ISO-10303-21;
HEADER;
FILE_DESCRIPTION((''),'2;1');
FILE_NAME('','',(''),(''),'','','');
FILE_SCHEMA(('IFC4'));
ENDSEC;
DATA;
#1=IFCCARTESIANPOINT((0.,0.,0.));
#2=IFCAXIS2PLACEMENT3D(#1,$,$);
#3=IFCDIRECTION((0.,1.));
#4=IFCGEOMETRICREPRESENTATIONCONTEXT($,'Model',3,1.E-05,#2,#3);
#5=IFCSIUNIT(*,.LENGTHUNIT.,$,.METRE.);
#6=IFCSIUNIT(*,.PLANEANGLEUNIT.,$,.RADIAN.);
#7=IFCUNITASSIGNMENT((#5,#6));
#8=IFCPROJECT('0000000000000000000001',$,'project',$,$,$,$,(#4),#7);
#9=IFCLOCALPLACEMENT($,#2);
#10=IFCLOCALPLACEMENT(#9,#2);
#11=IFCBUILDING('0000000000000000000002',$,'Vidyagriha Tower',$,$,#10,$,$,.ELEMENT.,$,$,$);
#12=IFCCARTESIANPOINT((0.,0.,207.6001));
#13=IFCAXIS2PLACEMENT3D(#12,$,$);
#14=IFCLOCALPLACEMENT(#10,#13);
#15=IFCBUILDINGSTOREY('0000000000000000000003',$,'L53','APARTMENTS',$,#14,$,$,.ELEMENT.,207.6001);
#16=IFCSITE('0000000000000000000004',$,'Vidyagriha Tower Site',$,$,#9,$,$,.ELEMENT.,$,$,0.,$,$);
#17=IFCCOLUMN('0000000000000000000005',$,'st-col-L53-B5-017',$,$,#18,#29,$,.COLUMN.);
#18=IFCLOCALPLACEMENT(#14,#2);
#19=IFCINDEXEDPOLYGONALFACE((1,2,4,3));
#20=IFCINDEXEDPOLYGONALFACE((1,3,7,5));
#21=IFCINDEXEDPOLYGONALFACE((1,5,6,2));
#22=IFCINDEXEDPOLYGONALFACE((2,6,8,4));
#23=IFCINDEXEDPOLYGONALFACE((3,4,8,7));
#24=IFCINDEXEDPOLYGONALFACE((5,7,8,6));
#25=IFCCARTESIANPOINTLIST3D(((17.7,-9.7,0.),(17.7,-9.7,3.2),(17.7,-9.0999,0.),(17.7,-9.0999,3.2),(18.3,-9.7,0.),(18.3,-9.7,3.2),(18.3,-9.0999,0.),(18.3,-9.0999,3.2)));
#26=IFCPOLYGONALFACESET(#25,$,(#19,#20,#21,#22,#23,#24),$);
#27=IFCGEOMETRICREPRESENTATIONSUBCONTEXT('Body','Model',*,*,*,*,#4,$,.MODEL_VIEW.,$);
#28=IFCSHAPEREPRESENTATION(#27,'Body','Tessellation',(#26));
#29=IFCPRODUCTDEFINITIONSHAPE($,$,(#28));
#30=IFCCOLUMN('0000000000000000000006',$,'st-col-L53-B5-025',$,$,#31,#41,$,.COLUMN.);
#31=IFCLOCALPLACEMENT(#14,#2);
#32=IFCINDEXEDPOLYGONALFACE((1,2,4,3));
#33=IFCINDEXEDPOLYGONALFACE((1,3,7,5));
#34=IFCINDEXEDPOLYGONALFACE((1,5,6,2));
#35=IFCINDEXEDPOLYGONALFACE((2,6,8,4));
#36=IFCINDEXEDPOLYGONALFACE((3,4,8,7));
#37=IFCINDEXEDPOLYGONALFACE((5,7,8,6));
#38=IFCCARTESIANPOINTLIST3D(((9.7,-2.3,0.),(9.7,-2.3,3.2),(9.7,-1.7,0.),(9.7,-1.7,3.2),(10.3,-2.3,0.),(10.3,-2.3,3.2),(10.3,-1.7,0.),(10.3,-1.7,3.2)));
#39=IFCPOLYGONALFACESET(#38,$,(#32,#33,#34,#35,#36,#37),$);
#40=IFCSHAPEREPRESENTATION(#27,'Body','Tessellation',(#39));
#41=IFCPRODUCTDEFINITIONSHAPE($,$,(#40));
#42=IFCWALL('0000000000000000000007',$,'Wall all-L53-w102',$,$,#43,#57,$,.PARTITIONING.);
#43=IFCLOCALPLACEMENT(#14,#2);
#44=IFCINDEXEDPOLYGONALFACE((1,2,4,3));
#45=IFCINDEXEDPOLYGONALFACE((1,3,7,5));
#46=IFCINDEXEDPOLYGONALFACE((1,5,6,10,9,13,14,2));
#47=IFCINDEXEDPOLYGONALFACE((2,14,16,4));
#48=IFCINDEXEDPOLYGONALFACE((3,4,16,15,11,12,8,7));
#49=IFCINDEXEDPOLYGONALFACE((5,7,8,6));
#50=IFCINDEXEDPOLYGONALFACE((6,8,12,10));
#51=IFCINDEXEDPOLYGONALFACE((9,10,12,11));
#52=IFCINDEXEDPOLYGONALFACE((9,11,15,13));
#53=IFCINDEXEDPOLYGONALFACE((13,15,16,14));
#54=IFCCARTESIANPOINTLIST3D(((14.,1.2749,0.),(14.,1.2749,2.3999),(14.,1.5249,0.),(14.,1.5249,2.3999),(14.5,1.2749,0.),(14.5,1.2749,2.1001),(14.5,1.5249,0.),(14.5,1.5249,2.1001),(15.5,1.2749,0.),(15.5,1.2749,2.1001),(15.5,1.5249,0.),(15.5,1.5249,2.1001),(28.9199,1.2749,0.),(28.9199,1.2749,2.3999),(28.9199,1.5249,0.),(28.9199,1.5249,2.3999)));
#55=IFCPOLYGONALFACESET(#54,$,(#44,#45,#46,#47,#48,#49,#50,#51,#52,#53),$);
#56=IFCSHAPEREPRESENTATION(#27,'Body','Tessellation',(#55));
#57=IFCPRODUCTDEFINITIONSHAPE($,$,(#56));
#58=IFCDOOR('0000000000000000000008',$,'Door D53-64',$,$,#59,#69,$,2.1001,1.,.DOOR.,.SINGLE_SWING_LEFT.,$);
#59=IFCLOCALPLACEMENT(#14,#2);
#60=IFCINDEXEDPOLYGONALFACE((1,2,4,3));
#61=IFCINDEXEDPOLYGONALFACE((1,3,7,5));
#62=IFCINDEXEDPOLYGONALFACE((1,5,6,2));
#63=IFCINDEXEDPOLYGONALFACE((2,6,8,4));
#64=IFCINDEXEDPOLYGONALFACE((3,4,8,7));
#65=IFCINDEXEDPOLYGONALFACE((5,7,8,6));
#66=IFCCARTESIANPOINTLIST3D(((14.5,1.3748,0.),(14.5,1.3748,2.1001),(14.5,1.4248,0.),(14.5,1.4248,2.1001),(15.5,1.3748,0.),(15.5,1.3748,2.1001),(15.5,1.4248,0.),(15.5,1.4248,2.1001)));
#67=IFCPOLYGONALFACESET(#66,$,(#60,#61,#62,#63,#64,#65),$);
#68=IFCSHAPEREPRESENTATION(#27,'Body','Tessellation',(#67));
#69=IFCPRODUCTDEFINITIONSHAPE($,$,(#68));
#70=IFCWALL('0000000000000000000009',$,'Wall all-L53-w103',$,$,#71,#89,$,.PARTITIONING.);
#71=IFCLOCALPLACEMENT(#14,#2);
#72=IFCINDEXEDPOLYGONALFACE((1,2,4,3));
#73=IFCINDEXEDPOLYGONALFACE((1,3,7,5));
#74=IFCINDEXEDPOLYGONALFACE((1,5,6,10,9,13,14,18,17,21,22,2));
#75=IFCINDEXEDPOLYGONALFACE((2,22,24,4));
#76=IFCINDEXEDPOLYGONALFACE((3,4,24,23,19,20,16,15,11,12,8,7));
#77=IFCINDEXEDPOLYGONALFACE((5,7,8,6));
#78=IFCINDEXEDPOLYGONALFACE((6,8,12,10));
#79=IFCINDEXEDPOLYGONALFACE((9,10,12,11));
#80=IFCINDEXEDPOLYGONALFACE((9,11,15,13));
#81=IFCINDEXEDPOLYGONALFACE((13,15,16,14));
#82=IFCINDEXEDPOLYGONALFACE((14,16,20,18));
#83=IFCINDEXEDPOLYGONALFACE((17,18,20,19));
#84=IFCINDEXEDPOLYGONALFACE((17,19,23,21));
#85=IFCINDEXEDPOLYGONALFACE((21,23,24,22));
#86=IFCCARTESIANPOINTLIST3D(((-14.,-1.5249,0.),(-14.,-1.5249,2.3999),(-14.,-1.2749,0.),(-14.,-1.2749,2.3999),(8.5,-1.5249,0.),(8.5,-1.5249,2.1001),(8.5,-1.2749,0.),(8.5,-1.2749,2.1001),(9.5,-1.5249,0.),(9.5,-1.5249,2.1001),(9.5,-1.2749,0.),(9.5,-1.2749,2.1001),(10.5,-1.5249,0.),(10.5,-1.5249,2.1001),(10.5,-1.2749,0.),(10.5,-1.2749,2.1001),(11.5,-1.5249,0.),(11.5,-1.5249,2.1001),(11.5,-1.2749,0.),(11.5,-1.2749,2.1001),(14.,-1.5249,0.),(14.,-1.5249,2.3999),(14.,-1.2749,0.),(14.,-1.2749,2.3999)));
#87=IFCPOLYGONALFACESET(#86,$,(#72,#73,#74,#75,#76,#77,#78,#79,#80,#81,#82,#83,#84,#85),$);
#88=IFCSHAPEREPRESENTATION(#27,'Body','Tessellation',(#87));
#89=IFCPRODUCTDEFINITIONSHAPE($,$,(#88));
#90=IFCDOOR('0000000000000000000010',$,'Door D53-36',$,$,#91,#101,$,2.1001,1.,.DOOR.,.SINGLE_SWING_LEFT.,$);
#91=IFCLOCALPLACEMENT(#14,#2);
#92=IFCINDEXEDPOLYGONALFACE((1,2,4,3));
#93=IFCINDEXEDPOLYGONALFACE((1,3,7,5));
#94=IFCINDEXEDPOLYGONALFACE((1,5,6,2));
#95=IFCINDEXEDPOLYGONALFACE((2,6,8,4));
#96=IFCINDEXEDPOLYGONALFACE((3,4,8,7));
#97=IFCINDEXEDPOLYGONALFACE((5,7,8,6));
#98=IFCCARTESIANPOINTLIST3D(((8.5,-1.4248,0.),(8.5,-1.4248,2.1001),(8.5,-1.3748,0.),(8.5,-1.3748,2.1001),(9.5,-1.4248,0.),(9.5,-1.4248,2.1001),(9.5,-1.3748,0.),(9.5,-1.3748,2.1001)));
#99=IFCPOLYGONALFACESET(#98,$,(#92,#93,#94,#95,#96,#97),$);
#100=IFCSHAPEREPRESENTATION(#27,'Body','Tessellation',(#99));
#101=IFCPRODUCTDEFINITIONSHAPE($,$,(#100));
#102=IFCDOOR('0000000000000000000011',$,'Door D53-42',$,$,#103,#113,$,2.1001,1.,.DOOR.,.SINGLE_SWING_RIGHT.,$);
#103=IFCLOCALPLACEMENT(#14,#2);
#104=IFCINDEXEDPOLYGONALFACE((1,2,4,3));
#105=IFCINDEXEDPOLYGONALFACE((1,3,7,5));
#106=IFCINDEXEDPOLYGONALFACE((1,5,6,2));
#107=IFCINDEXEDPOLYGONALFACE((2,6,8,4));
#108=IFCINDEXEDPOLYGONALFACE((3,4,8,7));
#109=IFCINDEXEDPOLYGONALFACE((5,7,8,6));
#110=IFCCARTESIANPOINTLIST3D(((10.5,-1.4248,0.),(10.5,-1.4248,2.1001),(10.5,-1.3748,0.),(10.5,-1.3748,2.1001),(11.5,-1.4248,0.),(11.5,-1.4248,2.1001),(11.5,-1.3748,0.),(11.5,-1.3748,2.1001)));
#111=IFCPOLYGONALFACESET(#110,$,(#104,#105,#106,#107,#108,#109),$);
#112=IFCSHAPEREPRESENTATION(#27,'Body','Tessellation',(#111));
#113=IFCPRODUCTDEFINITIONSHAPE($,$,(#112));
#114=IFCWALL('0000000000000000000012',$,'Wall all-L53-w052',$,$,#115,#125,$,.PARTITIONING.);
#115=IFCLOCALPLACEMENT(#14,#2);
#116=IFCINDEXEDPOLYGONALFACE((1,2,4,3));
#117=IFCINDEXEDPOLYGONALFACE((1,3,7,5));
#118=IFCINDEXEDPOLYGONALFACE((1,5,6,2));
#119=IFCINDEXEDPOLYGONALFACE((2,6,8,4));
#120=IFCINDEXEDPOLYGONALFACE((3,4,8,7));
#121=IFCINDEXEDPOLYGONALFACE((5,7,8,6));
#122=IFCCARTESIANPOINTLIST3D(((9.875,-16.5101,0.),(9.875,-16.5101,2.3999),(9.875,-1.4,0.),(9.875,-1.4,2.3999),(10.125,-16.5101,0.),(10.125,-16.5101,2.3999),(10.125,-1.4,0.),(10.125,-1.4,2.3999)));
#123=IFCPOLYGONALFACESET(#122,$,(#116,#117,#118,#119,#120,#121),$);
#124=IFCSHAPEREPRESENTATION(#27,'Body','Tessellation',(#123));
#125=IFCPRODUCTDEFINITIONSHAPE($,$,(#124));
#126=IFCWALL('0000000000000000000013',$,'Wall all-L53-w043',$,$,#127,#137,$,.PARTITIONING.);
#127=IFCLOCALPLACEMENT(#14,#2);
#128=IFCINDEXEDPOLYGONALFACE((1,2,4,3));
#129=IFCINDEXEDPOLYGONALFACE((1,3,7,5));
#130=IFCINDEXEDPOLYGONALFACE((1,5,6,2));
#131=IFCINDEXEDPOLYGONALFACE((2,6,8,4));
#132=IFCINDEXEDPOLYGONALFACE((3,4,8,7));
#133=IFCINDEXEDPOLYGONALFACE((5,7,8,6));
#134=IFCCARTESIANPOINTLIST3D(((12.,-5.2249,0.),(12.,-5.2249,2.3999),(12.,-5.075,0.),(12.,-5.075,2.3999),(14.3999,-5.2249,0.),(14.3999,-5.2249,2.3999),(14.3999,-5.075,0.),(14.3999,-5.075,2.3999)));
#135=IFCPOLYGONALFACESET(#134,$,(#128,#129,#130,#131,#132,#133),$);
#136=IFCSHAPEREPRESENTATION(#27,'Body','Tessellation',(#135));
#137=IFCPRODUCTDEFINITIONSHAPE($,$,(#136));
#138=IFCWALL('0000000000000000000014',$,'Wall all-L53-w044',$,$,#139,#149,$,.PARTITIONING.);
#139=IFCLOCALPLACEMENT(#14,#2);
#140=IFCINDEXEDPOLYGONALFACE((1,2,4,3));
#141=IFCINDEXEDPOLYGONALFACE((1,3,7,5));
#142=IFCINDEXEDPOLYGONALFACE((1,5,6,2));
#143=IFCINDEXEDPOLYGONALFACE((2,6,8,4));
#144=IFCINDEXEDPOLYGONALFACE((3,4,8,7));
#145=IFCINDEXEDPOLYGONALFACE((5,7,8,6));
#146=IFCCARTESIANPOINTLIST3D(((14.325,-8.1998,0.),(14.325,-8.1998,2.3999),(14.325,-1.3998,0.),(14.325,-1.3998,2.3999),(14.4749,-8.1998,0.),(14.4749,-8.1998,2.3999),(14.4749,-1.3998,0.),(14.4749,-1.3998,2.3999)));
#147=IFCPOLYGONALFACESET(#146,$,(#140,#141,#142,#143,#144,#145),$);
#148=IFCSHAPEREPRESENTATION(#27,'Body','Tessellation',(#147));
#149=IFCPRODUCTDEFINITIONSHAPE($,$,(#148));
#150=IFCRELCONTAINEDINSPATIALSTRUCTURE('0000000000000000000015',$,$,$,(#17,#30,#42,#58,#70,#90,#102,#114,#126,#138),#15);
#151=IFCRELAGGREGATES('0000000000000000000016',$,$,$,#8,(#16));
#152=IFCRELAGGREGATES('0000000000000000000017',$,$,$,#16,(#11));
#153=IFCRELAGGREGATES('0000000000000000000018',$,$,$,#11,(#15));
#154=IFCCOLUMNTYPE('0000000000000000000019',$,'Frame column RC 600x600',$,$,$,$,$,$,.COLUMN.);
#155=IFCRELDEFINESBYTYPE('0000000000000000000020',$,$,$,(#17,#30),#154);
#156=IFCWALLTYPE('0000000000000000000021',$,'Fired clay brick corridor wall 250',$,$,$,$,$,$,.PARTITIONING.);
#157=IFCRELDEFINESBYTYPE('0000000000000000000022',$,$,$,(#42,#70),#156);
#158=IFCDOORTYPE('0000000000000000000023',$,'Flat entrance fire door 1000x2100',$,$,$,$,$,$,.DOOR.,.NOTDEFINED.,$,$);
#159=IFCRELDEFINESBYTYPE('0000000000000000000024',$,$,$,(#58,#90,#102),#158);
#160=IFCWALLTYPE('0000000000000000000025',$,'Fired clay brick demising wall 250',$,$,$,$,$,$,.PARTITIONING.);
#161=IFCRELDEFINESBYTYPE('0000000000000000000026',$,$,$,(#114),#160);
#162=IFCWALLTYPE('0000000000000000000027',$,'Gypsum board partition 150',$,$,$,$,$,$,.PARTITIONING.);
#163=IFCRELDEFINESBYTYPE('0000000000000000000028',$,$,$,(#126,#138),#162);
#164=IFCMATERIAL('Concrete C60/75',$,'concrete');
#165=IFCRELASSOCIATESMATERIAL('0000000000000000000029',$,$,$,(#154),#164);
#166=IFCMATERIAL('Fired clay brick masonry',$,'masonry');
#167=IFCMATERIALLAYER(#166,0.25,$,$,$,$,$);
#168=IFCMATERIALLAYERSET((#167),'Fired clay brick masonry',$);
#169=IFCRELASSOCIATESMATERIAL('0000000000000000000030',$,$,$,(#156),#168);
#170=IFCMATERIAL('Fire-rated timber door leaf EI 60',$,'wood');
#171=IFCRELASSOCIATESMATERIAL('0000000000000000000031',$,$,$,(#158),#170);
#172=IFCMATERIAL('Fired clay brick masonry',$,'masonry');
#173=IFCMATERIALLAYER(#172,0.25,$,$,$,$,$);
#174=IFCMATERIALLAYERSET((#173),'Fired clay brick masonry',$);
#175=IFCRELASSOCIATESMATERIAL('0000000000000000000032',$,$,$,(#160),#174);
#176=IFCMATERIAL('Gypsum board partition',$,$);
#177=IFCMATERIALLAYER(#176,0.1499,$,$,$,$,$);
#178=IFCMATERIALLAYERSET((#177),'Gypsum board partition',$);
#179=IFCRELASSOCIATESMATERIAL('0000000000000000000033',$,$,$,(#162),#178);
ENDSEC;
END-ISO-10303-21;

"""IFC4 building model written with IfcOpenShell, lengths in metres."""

from ifc_helpers import new_model, si_unit, direction, frame, frame_2d, origin, origin_2d, place, context, subcontext, project, spatial, rectangle, extrude, material, layer, layer_set, material_profile, profile_set, type_object, element, fill, save


model = new_model("IFC4")

# Units and contexts
model_context = context("Model", 3, precision=1e-05, world=origin(), true_north=direction((0.0, 1.0)))
body_context = subcontext(model_context, "Body", "Model", "MODEL_VIEW")
ifc_project = project(units=[si_unit("LENGTHUNIT", "METRE"), si_unit("PLANEANGLEUNIT", "RADIAN")], contexts=[model_context])

# Site, building, storey
site_placement = place(None, origin())
site = spatial("IfcSite", under=ifc_project, at=site_placement, Name="Vidyagriha Tower Site", CompositionType="ELEMENT", RefElevation=0.0)
building_placement = place(site_placement, origin())
building = spatial("IfcBuilding", under=site, at=building_placement, Name="Vidyagriha Tower", CompositionType="ELEMENT")
storey_placement = place(building_placement, frame((0.0, 0.0, 207.6001)))
storey = spatial("IfcBuildingStorey", under=building, at=storey_placement, Name="L53", Description="APARTMENTS", CompositionType="ELEMENT", Elevation=207.6001)

# Columns
ifc_material_1 = material(Name="Concrete C60/75", Category="concrete")
ifc_material_profile = material_profile(ifc_material_1, rectangle(XDim=0.6001, YDim=0.6001, at=origin_2d()), Name="RC 600x600")
ifc_profile_set = profile_set([ifc_material_profile], Name="Concrete C60/75")
column_type = type_object("IfcColumnType", Name="Frame column RC 600x600", PredefinedType="COLUMN", material=ifc_profile_set)
for number, where, name in (
    (1, (18.0, -9.3999, 0.0), "st-col-L53-B5-017"),
    (2, (10.0, -2.0, 0.0), "st-col-L53-B5-025"),
):
    element("IfcColumn", number, at=place(storey_placement, frame(where)), inside=storey, type_object=column_type, Name=name, PredefinedType="COLUMN", context=body_context, shape_type="SweptSolid", body=[
        extrude(rectangle(XDim=0.6001, YDim=0.6001, at=origin_2d()), origin(), (0.0, 0.0, 1.0), 3.2),
    ])

# Wall, opening, door
ifc_material_2 = material(Name="Fired clay brick masonry", Category="masonry")
ifc_layer_1 = layer(ifc_material_2, 0.25)
ifc_layer_set_1 = layer_set([ifc_layer_1], Name="Fired clay brick masonry")
wall_type_1 = type_object("IfcWallType", Name="Fired clay brick corridor wall 250", PredefinedType="PARTITIONING", material=ifc_layer_set_1)
wall_1_placement = place(storey_placement, frame((14.0, 1.3999, 0.0)))
wall_1 = element("IfcWall", 3, at=wall_1_placement, inside=storey, type_object=wall_type_1, Name="Wall all-L53-w102", PredefinedType="PARTITIONING", context=body_context, shape_type="SweptSolid", body=[
    extrude(rectangle(XDim=14.9199, YDim=0.25, at=frame_2d((7.46, 0.0))), origin(), (0.0, 0.0, 1.0), 2.3999),
])
opening_1_placement = place(wall_1_placement, frame((0.5, 0.0, 0.0)))
opening_1 = element("IfcOpeningElement", 4, at=opening_1_placement, cuts=wall_1, PredefinedType="OPENING", context=body_context, shape_type="SweptSolid", body=[
    extrude(rectangle(XDim=1.0, YDim=2.1001, at=frame_2d((0.5, 1.05))), frame((0.0, 0.135, 0.0), z_axis=(0.0, -1.0, 0.0), x_axis=(1.0, 0.0, 0.0)), (0.0, 0.0, 1.0), 0.27),
])
ifc_material_3 = material(Name="Fire-rated timber door leaf EI 60", Category="wood")
door_type_1 = type_object("IfcDoorType", Name="Flat entrance fire door 1000x2100", OperationType="NOTDEFINED", PredefinedType="DOOR", material=ifc_material_3)
door_1_placement = place(opening_1_placement, origin())
door_1 = element("IfcDoor", 5, at=door_1_placement, inside=storey, type_object=door_type_1, Name="Door D53-64", OperationType="SINGLE_SWING_LEFT", OverallHeight=2.1001, OverallWidth=1.0, PredefinedType="DOOR", context=body_context, shape_type="SweptSolid", body=[
    extrude(rectangle(XDim=1.0, YDim=2.1001, at=frame_2d((0.5, 1.05))), frame((0.0, 0.0249, 0.0), z_axis=(0.0, -1.0, 0.0), x_axis=(1.0, 0.0, 0.0)), (0.0, 0.0, 1.0), 0.05),
])
fill(opening_1, door_1)

# Wall, openings, doors
wall_2_placement = place(storey_placement, frame((14.0, -1.3999, 0.0), z_axis=(0.0, 0.0, 1.0), x_axis=(-1.0, 0.0, 0.0)))
wall_2 = element("IfcWall", 6, at=wall_2_placement, inside=storey, type_object=wall_type_1, Name="Wall all-L53-w103", PredefinedType="PARTITIONING", context=body_context, shape_type="SweptSolid", body=[
    extrude(rectangle(XDim=28.0, YDim=0.25, at=frame_2d((14.0, 0.0))), origin(), (0.0, 0.0, 1.0), 2.3999),
])
opening_2_placement = place(wall_2_placement, frame((4.5, 0.0, 0.0)))
opening_2 = element("IfcOpeningElement", 7, at=opening_2_placement, cuts=wall_2, PredefinedType="OPENING", context=body_context, shape_type="SweptSolid", body=[
    extrude(rectangle(XDim=1.0, YDim=2.1001, at=frame_2d((0.5, 1.05))), frame((0.0, 0.135, 0.0), z_axis=(0.0, -1.0, 0.0), x_axis=(1.0, 0.0, 0.0)), (0.0, 0.0, 1.0), 0.27),
])
opening_3_placement = place(wall_2_placement, frame((2.5, 0.0, 0.0)))
opening_3 = element("IfcOpeningElement", 8, at=opening_3_placement, cuts=wall_2, PredefinedType="OPENING", context=body_context, shape_type="SweptSolid", body=[
    extrude(rectangle(XDim=1.0, YDim=2.1001, at=frame_2d((0.5, 1.05))), frame((0.0, 0.135, 0.0), z_axis=(0.0, -1.0, 0.0), x_axis=(1.0, 0.0, 0.0)), (0.0, 0.0, 1.0), 0.27),
])
door_2_placement = place(opening_2_placement, origin())
door_2 = element("IfcDoor", 9, at=door_2_placement, inside=storey, type_object=door_type_1, Name="Door D53-36", OperationType="SINGLE_SWING_LEFT", OverallHeight=2.1001, OverallWidth=1.0, PredefinedType="DOOR", context=body_context, shape_type="SweptSolid", body=[
    extrude(rectangle(XDim=1.0, YDim=2.1001, at=frame_2d((0.5, 1.05))), frame((0.0, 0.0249, 0.0), z_axis=(0.0, -1.0, 0.0), x_axis=(1.0, 0.0, 0.0)), (0.0, 0.0, 1.0), 0.05),
])
fill(opening_2, door_2)
door_3_placement = place(opening_3_placement, origin())
door_3 = element("IfcDoor", 10, at=door_3_placement, inside=storey, type_object=door_type_1, Name="Door D53-42", OperationType="SINGLE_SWING_RIGHT", OverallHeight=2.1001, OverallWidth=1.0, PredefinedType="DOOR", context=body_context, shape_type="SweptSolid", body=[
    extrude(rectangle(XDim=1.0, YDim=2.1001, at=frame_2d((0.5, 1.05))), frame((0.0, 0.0249, 0.0), z_axis=(0.0, -1.0, 0.0), x_axis=(1.0, 0.0, 0.0)), (0.0, 0.0, 1.0), 0.05),
])
fill(opening_3, door_3)

# Walls
ifc_material_4 = material(Name="Fired clay brick masonry", Category="masonry")
ifc_layer_2 = layer(ifc_material_4, 0.25)
ifc_layer_set_2 = layer_set([ifc_layer_2], Name="Fired clay brick masonry")
wall_type_2 = type_object("IfcWallType", Name="Fired clay brick demising wall 250", PredefinedType="PARTITIONING", material=ifc_layer_set_2)
wall_3_placement = place(storey_placement, frame((10.0, -1.3999, 0.0), z_axis=(0.0, 0.0, 1.0), x_axis=(0.0, -1.0, 0.0)))
element("IfcWall", 11, at=wall_3_placement, inside=storey, type_object=wall_type_2, Name="Wall all-L53-w052", PredefinedType="PARTITIONING", context=body_context, shape_type="SweptSolid", body=[
    extrude(rectangle(XDim=15.1101, YDim=0.25, at=frame_2d((7.5552, 0.0))), origin(), (0.0, 0.0, 1.0), 2.3999),
])
ifc_material_5 = material(Name="Gypsum board partition")
ifc_layer_3 = layer(ifc_material_5, 0.1499)
ifc_layer_set_3 = layer_set([ifc_layer_3], Name="Gypsum board partition")
wall_type_3 = type_object("IfcWallType", Name="Gypsum board partition 150", PredefinedType="PARTITIONING", material=ifc_layer_set_3)
wall_4_placement = place(storey_placement, frame((14.3999, -5.1499, 0.0), z_axis=(0.0, 0.0, 1.0), x_axis=(-1.0, 0.0, 0.0)))
element("IfcWall", 12, at=wall_4_placement, inside=storey, type_object=wall_type_3, Name="Wall all-L53-w043", PredefinedType="PARTITIONING", context=body_context, shape_type="SweptSolid", body=[
    extrude(rectangle(XDim=2.3999, YDim=0.1499, at=frame_2d((1.2, 0.0))), origin(), (0.0, 0.0, 1.0), 2.3999),
])
wall_5_placement = place(storey_placement, frame((14.3999, -1.3999, 0.0), z_axis=(0.0, 0.0, 1.0), x_axis=(0.0, -1.0, 0.0)))
element("IfcWall", 13, at=wall_5_placement, inside=storey, type_object=wall_type_3, Name="Wall all-L53-w044", PredefinedType="PARTITIONING", context=body_context, shape_type="SweptSolid", body=[
    extrude(rectangle(XDim=6.8, YDim=0.1499, at=frame_2d((3.3999, 0.0))), origin(), (0.0, 0.0, 1.0), 2.3999),
])

save(model, "model.ifc")
